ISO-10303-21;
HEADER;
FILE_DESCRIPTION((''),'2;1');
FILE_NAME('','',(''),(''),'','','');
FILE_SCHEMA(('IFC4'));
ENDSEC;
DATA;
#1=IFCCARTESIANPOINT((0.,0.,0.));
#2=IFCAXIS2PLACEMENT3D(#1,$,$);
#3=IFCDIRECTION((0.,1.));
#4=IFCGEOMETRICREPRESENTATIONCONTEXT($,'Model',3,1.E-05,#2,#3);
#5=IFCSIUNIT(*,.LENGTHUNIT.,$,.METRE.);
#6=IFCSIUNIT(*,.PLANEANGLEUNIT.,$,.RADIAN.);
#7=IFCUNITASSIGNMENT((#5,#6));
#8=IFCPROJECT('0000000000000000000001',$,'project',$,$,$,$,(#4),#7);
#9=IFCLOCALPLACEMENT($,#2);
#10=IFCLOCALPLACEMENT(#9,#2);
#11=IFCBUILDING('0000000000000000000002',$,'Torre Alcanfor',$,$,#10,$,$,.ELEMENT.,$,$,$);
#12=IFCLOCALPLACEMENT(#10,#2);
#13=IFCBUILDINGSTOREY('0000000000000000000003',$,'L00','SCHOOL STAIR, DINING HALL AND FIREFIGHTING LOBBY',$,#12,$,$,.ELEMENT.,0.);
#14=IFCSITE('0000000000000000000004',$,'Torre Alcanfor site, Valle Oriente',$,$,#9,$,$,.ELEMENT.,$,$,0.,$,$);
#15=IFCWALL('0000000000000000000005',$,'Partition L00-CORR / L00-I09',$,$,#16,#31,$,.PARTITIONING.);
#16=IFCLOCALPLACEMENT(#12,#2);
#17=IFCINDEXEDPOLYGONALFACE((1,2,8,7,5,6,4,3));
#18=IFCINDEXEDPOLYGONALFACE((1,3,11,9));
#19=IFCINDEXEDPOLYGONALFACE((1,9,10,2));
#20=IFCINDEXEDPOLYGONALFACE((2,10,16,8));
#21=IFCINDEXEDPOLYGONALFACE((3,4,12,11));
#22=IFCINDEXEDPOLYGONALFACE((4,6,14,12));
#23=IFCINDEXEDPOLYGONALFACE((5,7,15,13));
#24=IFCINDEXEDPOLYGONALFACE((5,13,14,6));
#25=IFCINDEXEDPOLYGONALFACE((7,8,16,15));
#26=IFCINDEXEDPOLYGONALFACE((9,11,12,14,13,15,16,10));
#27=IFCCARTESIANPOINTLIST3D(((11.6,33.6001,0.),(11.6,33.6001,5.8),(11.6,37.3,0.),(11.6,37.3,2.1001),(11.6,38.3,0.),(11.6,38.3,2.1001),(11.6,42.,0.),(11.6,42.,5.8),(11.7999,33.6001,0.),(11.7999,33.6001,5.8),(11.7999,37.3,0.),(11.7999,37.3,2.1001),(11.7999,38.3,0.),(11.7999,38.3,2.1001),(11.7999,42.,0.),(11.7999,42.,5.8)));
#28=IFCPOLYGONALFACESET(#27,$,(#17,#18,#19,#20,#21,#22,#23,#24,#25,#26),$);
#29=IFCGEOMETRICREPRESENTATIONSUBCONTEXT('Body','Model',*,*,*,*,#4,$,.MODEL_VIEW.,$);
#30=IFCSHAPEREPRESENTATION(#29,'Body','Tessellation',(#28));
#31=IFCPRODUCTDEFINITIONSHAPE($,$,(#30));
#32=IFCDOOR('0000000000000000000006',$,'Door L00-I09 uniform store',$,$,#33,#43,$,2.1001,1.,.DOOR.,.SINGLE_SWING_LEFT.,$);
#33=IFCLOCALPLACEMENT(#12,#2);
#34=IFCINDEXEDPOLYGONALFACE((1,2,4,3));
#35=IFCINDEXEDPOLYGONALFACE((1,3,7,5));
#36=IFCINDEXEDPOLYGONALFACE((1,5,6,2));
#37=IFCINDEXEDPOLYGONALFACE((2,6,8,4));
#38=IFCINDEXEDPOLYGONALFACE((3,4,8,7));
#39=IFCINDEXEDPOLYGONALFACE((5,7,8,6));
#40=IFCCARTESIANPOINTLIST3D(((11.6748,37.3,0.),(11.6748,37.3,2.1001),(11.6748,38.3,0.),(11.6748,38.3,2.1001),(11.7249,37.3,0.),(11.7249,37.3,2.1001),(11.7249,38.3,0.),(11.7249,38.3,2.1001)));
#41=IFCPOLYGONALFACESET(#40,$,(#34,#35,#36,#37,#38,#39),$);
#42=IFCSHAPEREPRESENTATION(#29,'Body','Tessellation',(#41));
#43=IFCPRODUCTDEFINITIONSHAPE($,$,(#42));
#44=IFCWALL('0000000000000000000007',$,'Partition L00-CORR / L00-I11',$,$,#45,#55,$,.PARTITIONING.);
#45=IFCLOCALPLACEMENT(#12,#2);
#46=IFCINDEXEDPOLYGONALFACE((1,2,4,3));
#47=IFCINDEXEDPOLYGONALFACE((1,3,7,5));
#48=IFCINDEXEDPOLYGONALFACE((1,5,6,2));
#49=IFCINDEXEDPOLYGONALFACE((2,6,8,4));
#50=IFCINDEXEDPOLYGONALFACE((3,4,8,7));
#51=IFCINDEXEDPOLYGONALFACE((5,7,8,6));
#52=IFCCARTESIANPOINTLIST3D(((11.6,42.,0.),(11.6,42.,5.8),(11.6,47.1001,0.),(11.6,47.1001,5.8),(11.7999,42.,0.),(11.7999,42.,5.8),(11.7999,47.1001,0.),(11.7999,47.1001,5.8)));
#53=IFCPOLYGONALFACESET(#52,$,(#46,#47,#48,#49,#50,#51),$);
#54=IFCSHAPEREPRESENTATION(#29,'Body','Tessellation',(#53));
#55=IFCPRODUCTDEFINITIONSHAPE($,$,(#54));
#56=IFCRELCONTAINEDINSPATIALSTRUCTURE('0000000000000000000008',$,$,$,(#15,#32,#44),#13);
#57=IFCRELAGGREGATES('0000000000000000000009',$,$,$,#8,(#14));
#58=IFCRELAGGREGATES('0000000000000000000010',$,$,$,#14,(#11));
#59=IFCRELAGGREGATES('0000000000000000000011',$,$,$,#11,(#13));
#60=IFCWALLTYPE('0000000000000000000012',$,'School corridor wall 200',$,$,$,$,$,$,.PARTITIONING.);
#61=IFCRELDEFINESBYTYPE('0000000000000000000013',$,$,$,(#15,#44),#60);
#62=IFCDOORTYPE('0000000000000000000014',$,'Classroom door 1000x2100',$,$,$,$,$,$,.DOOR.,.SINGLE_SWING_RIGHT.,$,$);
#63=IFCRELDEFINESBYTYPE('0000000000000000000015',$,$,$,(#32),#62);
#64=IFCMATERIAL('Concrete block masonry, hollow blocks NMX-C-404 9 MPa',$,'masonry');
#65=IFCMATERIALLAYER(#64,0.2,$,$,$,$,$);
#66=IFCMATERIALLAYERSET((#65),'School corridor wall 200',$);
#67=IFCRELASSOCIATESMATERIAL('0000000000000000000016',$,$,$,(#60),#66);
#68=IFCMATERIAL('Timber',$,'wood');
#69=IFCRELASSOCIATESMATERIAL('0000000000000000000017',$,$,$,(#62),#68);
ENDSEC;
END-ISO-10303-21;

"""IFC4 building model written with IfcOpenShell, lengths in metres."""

from ifc_helpers import new_model, si_unit, direction, frame, frame_2d, origin, place, context, subcontext, project, spatial, rectangle, extrude, material, layer, layer_set, type_object, element, fill, save


model = new_model("IFC4")

# Units and contexts
model_context = context("Model", 3, precision=1e-05, world=origin(), true_north=direction((0.0, 1.0)))
body_context = subcontext(model_context, "Body", "Model", "MODEL_VIEW")
ifc_project = project(units=[si_unit("LENGTHUNIT", "METRE"), si_unit("PLANEANGLEUNIT", "RADIAN")], contexts=[model_context])

# Site, building, storey
site_placement = place(None, origin())
site = spatial("IfcSite", under=ifc_project, at=site_placement, Name="Torre Alcanfor site, Valle Oriente", CompositionType="ELEMENT", RefElevation=0.0)
building_placement = place(site_placement, origin())
building = spatial("IfcBuilding", under=site, at=building_placement, Name="Torre Alcanfor", CompositionType="ELEMENT")
storey_placement = place(building_placement, origin())
storey = spatial("IfcBuildingStorey", under=building, at=storey_placement, Name="L00", Description="SCHOOL STAIR, DINING HALL AND FIREFIGHTING LOBBY", CompositionType="ELEMENT", Elevation=0.0)

# Shared definitions
ifc_material_1 = material(Name="Concrete block masonry, hollow blocks NMX-C-404 9 MPa", Category="masonry")
ifc_layer_1 = layer(ifc_material_1, 0.2)
ifc_layer_set_1 = layer_set([ifc_layer_1], Name="School corridor wall 200")
wall_type_1 = type_object("IfcWallType", Name="School corridor wall 200", PredefinedType="PARTITIONING", material=ifc_layer_set_1)
ifc_material_2 = material(Name="Timber", Category="wood")
door_type = type_object("IfcDoorType", Name="Classroom door 1000x2100", OperationType="SINGLE_SWING_RIGHT", PredefinedType="DOOR", material=ifc_material_2)

# Wall, opening, door
wall_1_placement = place(storey_placement, frame((11.7, 42.0, 0.0), z_axis=(0.0, 0.0, 1.0), x_axis=(0.0, -1.0, 0.0)))
wall_1 = element("IfcWall", 1, at=wall_1_placement, inside=storey, type_object=wall_type_1, Name="Partition L00-CORR / L00-I09", PredefinedType="PARTITIONING", context=body_context, shape_type="SweptSolid", body=[
    extrude(rectangle(XDim=8.3999, YDim=0.2, at=frame_2d((4.2, 0.0))), origin(), (0.0, 0.0, 1.0), 5.8),
])
opening_1_placement = place(wall_1_placement, frame((3.7, 0.0, 0.0)))
opening_1 = element("IfcOpeningElement", 2, at=opening_1_placement, cuts=wall_1, PredefinedType="OPENING", context=body_context, shape_type="SweptSolid", body=[
    extrude(rectangle(XDim=1.0, YDim=2.1001, at=frame_2d((0.5, 1.05))), frame((0.0, 0.1099, 0.0), z_axis=(0.0, -1.0, 0.0), x_axis=(1.0, 0.0, 0.0)), (0.0, 0.0, 1.0), 0.22),
])
door_1_placement = place(opening_1_placement, origin())
door_1 = element("IfcDoor", 3, at=door_1_placement, inside=storey, type_object=door_type, Name="Door L00-I09 uniform store", OperationType="SINGLE_SWING_LEFT", OverallHeight=2.1001, OverallWidth=1.0, PredefinedType="DOOR", context=body_context, shape_type="SweptSolid", body=[
    extrude(rectangle(XDim=1.0, YDim=2.1001, at=frame_2d((0.5, 1.05))), frame((0.0, 0.0249, 0.0), z_axis=(0.0, -1.0, 0.0), x_axis=(1.0, 0.0, 0.0)), (0.0, 0.0, 1.0), 0.05),
])
fill(opening_1, door_1)

# Wall
wall_2_placement = place(storey_placement, frame((11.7, 47.1001, 0.0), z_axis=(0.0, 0.0, 1.0), x_axis=(0.0, -1.0, 0.0)))
element("IfcWall", 4, at=wall_2_placement, inside=storey, type_object=wall_type_1, Name="Partition L00-CORR / L00-I11", PredefinedType="PARTITIONING", context=body_context, shape_type="SweptSolid", body=[
    extrude(rectangle(XDim=5.1001, YDim=0.2, at=frame_2d((2.55, 0.0))), origin(), (0.0, 0.0, 1.0), 5.8),
])

save(model, "model.ifc")
